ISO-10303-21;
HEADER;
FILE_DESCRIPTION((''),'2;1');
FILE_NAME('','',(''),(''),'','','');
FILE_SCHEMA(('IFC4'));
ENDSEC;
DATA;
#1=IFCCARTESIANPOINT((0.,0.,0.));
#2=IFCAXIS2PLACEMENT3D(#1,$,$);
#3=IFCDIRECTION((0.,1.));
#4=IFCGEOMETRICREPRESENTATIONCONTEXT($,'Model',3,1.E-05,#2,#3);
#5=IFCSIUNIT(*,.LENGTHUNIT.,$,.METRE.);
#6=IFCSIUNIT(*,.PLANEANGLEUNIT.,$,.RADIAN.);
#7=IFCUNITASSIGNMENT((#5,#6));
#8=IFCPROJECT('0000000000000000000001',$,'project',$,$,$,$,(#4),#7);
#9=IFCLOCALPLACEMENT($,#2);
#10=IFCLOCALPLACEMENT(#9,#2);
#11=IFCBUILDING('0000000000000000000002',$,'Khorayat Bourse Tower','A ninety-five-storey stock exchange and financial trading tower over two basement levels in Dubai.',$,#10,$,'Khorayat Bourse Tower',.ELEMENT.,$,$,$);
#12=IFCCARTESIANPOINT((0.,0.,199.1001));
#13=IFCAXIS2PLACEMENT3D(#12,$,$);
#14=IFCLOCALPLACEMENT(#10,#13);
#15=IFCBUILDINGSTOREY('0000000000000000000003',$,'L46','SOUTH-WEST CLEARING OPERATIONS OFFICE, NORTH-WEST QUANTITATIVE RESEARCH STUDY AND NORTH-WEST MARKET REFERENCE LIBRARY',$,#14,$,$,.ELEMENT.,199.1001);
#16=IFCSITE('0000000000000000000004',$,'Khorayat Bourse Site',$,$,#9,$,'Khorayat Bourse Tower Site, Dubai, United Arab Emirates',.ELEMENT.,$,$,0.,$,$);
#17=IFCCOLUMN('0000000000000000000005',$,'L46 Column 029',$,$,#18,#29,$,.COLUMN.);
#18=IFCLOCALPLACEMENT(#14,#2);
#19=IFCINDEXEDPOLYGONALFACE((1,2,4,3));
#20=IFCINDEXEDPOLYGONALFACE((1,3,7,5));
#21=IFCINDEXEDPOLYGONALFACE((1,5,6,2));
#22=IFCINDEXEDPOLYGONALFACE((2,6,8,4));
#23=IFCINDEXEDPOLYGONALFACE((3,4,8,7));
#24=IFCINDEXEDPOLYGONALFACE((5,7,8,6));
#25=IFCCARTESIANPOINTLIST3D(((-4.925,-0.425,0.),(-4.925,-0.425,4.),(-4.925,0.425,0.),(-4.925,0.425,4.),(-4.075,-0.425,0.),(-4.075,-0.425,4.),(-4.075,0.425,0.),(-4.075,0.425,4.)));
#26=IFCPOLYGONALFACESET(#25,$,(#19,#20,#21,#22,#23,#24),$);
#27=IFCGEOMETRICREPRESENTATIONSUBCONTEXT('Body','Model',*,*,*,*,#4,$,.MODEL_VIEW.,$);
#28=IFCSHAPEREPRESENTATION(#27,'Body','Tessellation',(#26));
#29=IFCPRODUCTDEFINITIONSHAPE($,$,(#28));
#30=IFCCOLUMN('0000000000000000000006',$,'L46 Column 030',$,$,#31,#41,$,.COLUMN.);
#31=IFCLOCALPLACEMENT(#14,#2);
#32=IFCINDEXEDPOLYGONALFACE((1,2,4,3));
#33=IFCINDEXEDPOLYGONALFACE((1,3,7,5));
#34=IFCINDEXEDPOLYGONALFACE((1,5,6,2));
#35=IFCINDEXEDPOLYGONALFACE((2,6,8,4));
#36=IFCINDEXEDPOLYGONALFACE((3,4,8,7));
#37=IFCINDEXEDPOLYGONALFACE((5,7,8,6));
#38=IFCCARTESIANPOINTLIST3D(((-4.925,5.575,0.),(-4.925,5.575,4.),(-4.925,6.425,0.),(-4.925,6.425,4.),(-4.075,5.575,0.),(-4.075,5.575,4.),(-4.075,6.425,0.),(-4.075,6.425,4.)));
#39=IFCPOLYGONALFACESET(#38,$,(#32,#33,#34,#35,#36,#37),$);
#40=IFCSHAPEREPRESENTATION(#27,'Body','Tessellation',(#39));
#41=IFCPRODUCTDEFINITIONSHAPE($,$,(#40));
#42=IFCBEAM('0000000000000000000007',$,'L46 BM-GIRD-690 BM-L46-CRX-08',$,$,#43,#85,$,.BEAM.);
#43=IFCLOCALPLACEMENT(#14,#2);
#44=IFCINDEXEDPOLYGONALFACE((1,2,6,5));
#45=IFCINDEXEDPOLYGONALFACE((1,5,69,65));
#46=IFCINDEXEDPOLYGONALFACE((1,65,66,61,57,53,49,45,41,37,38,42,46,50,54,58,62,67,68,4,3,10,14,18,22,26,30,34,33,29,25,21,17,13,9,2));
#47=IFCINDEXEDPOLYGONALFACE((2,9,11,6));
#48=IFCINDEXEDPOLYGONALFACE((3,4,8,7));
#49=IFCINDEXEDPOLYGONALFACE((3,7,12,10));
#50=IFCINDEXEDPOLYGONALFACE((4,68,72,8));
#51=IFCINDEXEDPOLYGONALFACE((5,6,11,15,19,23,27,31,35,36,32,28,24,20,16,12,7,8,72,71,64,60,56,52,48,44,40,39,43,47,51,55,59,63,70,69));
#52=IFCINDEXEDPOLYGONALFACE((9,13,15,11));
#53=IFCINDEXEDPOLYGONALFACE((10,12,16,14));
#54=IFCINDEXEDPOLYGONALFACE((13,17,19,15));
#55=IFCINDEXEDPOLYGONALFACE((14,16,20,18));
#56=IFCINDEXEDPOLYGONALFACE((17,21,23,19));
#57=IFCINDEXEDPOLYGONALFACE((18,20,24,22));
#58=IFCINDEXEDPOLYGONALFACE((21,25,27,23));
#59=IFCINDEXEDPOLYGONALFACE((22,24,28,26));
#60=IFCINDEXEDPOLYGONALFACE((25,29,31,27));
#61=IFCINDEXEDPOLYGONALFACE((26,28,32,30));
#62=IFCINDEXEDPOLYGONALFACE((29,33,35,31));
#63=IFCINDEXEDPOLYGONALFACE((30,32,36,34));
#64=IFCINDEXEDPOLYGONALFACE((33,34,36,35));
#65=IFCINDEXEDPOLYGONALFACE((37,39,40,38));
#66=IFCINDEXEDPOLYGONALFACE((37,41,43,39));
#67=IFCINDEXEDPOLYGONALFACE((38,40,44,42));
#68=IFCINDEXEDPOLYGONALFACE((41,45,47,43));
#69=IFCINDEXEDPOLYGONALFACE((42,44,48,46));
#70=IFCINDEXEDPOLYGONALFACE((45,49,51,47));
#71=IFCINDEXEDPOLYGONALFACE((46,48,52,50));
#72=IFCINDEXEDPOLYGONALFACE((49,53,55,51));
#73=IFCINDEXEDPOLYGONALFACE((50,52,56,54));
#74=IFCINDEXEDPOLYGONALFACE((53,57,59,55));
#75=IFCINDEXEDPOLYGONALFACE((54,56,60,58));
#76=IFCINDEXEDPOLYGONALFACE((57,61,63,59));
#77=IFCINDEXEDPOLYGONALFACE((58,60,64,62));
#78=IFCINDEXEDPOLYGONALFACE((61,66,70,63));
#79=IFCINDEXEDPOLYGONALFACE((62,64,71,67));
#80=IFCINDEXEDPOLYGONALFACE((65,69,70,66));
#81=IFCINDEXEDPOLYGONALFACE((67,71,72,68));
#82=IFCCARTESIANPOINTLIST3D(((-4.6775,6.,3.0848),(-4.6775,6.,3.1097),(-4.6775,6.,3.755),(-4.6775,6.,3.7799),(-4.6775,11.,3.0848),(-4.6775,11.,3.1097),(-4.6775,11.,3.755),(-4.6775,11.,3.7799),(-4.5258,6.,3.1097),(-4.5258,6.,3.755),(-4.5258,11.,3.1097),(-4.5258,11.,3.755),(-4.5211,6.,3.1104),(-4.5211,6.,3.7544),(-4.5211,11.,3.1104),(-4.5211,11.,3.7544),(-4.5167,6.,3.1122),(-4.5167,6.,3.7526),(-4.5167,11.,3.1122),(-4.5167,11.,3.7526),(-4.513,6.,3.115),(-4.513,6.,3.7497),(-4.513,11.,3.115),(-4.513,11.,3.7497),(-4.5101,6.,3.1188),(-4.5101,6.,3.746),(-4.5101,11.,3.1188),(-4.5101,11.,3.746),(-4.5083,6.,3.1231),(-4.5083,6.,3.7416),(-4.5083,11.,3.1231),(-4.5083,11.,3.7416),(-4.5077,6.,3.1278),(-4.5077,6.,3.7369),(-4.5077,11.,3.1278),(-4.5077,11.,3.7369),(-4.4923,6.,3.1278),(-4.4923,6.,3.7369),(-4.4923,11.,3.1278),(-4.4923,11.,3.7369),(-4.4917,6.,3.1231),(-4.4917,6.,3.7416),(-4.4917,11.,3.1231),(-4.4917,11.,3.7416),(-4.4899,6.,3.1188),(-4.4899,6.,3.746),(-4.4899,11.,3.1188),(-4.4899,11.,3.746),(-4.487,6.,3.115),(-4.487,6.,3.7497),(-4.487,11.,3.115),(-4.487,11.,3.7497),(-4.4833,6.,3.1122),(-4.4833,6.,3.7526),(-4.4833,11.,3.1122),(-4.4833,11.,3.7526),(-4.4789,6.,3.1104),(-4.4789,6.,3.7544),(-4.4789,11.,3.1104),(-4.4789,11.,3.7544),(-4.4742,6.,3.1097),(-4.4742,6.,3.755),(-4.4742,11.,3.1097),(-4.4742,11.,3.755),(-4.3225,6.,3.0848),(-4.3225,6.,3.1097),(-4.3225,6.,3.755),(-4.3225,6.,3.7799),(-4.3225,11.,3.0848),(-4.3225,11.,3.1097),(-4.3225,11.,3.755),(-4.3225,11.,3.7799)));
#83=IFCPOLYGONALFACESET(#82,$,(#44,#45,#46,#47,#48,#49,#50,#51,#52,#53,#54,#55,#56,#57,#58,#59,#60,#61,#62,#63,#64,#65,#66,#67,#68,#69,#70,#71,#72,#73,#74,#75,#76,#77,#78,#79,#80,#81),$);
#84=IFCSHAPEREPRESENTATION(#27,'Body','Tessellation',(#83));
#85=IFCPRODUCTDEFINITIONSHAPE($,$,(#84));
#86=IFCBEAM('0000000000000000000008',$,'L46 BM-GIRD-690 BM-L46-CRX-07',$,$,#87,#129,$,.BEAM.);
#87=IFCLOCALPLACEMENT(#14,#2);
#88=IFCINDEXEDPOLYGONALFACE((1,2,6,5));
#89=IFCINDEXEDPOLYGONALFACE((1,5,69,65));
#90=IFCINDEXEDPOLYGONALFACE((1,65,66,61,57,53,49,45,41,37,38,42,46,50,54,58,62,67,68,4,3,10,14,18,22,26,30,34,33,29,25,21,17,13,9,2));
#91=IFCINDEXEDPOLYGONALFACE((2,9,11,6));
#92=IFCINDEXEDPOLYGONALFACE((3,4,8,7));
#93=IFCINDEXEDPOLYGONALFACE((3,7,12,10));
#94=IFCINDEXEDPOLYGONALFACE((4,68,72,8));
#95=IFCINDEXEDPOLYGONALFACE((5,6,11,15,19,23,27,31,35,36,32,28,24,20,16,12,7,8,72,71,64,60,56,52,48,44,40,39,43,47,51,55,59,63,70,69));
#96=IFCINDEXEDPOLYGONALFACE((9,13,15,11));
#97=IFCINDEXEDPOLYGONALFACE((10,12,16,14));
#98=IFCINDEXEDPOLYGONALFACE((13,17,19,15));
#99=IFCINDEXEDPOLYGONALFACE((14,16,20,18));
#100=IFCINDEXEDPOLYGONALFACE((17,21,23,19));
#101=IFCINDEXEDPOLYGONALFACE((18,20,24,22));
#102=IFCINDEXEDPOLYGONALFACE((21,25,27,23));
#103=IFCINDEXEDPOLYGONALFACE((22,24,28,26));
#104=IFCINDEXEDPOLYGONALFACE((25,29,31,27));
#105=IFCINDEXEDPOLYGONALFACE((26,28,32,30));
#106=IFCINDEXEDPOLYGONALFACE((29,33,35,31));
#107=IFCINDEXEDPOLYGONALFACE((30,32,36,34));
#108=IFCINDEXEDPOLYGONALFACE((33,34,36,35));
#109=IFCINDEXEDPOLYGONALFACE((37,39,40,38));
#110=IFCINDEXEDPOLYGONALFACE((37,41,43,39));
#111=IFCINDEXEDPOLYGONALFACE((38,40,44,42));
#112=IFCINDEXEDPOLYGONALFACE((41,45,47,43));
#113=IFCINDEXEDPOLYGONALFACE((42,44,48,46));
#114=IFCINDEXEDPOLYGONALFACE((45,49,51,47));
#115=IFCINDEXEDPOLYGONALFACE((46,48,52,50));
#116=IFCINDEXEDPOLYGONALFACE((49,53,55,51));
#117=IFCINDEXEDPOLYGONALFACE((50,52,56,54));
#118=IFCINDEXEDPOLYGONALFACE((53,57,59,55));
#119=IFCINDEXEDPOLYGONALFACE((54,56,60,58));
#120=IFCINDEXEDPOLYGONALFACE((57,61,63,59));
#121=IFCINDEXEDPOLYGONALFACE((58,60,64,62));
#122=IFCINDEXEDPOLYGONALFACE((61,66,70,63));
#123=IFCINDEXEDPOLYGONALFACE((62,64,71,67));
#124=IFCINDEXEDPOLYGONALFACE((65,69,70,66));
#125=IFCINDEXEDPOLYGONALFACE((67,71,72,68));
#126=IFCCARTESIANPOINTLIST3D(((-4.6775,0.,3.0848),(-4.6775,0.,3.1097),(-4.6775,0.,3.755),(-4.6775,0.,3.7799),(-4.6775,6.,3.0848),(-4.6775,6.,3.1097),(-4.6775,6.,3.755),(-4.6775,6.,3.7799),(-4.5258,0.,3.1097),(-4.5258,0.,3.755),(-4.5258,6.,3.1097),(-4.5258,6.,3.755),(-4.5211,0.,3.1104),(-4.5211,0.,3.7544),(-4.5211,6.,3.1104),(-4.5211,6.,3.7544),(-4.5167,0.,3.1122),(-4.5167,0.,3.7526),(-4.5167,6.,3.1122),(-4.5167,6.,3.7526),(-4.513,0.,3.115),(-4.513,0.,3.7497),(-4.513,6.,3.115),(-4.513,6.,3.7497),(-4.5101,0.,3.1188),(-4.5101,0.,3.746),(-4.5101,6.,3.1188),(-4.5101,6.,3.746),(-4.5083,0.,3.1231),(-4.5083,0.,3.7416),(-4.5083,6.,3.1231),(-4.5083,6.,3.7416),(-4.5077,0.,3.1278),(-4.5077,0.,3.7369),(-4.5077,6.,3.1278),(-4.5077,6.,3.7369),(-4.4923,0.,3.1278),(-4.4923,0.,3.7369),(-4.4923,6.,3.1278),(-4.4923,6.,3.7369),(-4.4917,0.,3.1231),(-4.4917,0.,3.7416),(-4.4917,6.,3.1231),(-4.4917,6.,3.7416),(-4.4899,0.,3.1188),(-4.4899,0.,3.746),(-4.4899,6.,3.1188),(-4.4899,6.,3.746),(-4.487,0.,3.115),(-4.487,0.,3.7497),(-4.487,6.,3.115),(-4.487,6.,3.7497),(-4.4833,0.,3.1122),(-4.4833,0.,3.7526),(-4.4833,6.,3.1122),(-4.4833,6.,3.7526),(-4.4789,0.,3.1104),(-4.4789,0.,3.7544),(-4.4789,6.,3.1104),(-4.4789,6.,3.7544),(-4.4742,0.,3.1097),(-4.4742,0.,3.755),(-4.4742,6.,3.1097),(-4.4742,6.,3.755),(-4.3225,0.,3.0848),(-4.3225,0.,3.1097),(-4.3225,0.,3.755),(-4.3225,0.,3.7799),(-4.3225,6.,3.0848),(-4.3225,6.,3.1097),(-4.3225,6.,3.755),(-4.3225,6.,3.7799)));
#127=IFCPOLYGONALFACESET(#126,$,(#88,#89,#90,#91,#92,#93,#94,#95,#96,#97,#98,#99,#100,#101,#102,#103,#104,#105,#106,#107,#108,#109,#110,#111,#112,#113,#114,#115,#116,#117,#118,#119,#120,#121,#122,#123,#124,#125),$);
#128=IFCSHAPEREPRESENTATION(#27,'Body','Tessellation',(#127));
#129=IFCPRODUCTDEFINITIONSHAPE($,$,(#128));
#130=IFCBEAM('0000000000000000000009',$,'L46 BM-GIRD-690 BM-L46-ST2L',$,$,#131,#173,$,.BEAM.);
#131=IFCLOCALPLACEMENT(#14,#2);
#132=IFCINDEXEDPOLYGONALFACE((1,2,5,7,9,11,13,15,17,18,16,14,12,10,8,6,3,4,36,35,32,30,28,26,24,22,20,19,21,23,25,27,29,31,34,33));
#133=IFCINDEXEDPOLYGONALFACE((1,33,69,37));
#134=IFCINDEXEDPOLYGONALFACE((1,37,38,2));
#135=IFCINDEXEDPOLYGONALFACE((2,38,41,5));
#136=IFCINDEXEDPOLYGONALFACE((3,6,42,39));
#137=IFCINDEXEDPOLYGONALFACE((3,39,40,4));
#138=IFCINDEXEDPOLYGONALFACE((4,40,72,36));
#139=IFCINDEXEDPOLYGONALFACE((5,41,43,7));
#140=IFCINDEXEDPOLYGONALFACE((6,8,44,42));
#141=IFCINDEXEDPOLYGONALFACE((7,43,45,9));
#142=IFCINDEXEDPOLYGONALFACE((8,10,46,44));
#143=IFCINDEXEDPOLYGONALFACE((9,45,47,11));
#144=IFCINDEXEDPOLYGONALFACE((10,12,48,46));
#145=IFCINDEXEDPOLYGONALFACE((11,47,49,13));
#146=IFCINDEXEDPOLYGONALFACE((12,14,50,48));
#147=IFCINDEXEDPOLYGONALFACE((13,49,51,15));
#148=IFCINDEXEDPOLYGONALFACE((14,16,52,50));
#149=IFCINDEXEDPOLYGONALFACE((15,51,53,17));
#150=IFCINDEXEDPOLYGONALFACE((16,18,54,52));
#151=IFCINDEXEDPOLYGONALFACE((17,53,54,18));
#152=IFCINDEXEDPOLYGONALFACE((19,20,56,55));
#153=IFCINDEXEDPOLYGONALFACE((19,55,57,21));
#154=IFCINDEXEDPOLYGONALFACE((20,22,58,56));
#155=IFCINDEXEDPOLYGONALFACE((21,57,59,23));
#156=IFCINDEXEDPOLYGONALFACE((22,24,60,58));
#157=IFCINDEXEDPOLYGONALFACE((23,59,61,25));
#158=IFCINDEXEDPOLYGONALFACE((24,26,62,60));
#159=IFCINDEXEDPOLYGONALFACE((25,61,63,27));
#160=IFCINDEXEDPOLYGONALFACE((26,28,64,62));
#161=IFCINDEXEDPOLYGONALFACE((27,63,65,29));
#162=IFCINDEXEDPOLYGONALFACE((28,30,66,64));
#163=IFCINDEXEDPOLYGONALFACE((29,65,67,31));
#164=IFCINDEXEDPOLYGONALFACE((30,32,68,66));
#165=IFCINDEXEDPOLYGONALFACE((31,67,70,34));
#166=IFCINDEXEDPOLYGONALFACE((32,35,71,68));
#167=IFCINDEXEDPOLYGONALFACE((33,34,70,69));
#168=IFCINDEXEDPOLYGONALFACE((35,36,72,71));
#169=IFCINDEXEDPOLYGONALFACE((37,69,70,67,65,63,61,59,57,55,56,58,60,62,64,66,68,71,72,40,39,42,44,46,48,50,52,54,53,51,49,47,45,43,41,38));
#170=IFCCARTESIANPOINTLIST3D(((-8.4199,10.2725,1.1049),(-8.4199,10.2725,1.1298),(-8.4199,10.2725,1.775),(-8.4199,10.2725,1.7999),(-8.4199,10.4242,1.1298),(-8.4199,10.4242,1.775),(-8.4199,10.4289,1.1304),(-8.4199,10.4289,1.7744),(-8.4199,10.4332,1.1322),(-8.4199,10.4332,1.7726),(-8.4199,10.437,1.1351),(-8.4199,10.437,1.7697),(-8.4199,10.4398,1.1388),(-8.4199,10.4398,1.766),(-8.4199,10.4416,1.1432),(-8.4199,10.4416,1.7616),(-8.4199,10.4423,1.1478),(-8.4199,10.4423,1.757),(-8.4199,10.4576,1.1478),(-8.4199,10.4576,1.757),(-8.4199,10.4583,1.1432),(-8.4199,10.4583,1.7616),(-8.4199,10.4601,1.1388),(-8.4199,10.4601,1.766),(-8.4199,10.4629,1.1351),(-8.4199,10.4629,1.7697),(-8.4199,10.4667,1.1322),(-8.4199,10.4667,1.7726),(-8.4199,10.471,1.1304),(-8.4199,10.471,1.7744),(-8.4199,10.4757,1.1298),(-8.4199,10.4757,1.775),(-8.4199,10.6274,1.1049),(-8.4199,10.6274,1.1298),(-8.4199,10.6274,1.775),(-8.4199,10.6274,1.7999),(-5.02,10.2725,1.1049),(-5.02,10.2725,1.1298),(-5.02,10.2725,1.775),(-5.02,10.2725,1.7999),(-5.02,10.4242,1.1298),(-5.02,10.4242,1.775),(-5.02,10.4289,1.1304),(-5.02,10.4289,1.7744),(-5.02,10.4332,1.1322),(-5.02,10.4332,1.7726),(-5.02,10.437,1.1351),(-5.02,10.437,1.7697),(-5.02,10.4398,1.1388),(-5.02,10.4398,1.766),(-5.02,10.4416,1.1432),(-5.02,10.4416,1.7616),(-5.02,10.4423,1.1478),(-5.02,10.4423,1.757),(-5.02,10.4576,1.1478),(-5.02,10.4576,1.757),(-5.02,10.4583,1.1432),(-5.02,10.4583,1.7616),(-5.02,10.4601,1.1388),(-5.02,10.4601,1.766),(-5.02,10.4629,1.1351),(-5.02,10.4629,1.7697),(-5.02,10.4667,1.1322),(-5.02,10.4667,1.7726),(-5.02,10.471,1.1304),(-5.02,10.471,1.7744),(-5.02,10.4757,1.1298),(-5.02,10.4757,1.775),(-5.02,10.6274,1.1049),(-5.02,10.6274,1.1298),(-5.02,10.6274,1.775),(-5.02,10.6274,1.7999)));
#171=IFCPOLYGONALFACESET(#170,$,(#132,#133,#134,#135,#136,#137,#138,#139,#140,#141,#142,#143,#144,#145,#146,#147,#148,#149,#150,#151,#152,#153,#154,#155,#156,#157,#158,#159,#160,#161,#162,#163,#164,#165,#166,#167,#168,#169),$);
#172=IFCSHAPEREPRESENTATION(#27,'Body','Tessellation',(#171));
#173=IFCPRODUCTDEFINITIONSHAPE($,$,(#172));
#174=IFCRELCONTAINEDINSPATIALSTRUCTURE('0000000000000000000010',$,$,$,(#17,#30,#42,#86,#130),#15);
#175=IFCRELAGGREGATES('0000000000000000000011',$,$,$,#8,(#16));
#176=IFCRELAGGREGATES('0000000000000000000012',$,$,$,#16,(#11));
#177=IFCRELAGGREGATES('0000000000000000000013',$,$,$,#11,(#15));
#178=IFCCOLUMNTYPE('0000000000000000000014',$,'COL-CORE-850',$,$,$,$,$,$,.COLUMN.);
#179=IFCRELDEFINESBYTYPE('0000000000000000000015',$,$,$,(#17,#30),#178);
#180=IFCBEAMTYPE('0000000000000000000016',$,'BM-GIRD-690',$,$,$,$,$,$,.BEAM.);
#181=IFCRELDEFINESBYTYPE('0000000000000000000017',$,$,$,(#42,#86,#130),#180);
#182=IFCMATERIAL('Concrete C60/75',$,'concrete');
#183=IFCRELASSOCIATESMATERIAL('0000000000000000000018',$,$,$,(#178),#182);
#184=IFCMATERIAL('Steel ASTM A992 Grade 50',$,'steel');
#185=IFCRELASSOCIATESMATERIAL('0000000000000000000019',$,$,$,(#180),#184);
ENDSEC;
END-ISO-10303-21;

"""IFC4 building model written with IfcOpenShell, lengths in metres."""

from ifc_helpers import new_model, si_unit, direction, frame, origin, origin_2d, place, context, subcontext, project, spatial, rectangle, i_section, extrude, source, transform, mapped, material, material_profile, profile_set, type_object, element, save


model = new_model("IFC4")

# Units and contexts
model_context = context("Model", 3, precision=1e-05, world=origin(), true_north=direction((0.0, 1.0)))
body_context = subcontext(model_context, "Body", "Model", "MODEL_VIEW")
ifc_project = project(units=[si_unit("LENGTHUNIT", "METRE"), si_unit("PLANEANGLEUNIT", "RADIAN")], contexts=[model_context])

# Site, building, storey
site_placement = place(None, origin())
site = spatial("IfcSite", under=ifc_project, at=site_placement, Name="Khorayat Bourse Site", LongName="Khorayat Bourse Tower Site, Dubai, United Arab Emirates", CompositionType="ELEMENT", RefElevation=0.0)
building_placement = place(site_placement, origin())
building = spatial("IfcBuilding", under=site, at=building_placement, Name="Khorayat Bourse Tower", Description="A ninety-five-storey stock exchange and financial trading tower over two basement levels in Dubai.", LongName="Khorayat Bourse Tower", CompositionType="ELEMENT")
storey_placement = place(building_placement, frame((0.0, 0.0, 199.1001)))
storey = spatial("IfcBuildingStorey", under=building, at=storey_placement, Name="L46", Description="SOUTH-WEST CLEARING OPERATIONS OFFICE, NORTH-WEST QUANTITATIVE RESEARCH STUDY AND NORTH-WEST MARKET REFERENCE LIBRARY", CompositionType="ELEMENT", Elevation=199.1001)

# Columns
ifc_material_1 = material(Name="Concrete C60/75", Category="concrete")
ifc_material_profile_1 = material_profile(ifc_material_1, rectangle(XDim=0.8501, YDim=0.8501, at=origin_2d()), Name="RC 850x850")
ifc_profile_set_1 = profile_set([ifc_material_profile_1], Name="Concrete C60/75")
column_type = type_object("IfcColumnType", Name="COL-CORE-850", PredefinedType="COLUMN", material=ifc_profile_set_1)
shared_shape_1 = source(origin(), body_context, "Body", "SweptSolid", [
    extrude(rectangle(XDim=0.8501, YDim=0.8501, at=origin_2d()), origin(), (0.0, 0.0, 1.0), 4.0),
])
for number, where, z_axis, x_axis, name in (
    (1, (-4.5, 0.0, 0.0), (0.0, 0.0, 1.0), (1.0, 0.0, 0.0), "L46 Column 029"),
    (2, (-4.5, 6.0, 0.0), (0.0, 0.0, 1.0), (1.0, 0.0, 0.0), "L46 Column 030"),
):
    element("IfcColumn", number, at=place(storey_placement, frame(where, z_axis=z_axis, x_axis=x_axis)), inside=storey, type_object=column_type, Name=name, PredefinedType="COLUMN", context=body_context, shape_type="MappedRepresentation", body=[
        mapped(shared_shape_1, transform((0.0, 0.0, 0.0), scale=1.0)),
    ])

# Beams
ifc_material_2 = material(Name="Steel ASTM A992 Grade 50", Category="steel")
ifc_material_profile_2 = material_profile(ifc_material_2, i_section(OverallWidth=0.355, OverallDepth=0.6951, WebThickness=0.0154, FlangeThickness=0.0249, FilletRadius=0.0181, at=origin_2d()), Name="W690X217")
ifc_profile_set_2 = profile_set([ifc_material_profile_2], Name="Steel ASTM A992 Grade 50")
beam_type = type_object("IfcBeamType", Name="BM-GIRD-690", PredefinedType="BEAM", material=ifc_profile_set_2)
shared_shape_2 = source(origin(), body_context, "Body", "SweptSolid", [
    extrude(i_section(OverallWidth=0.355, OverallDepth=0.6951, WebThickness=0.0154, FlangeThickness=0.0249, FilletRadius=0.0181, at=origin_2d()), origin(), (0.0, 0.0, 1.0), 5.0),
])
beam_1_placement = place(storey_placement, frame((-4.5, 6.0, 3.4324), z_axis=(0.0, 1.0, 0.0), x_axis=(-1.0, 0.0, 0.0)))
element("IfcBeam", 3, at=beam_1_placement, inside=storey, type_object=beam_type, Name="L46 BM-GIRD-690 BM-L46-CRX-08", PredefinedType="BEAM", context=body_context, shape_type="MappedRepresentation", body=[
    mapped(shared_shape_2, transform((0.0, 0.0, 0.0), scale=1.0)),
])
shared_shape_3 = source(origin(), body_context, "Body", "SweptSolid", [
    extrude(i_section(OverallWidth=0.355, OverallDepth=0.6951, WebThickness=0.0154, FlangeThickness=0.0249, FilletRadius=0.0181, at=origin_2d()), origin(), (0.0, 0.0, 1.0), 6.0),
])
beam_2_placement = place(storey_placement, frame((-4.5, 0.0, 3.4324), z_axis=(0.0, 1.0, 0.0), x_axis=(-1.0, 0.0, 0.0)))
element("IfcBeam", 4, at=beam_2_placement, inside=storey, type_object=beam_type, Name="L46 BM-GIRD-690 BM-L46-CRX-07", PredefinedType="BEAM", context=body_context, shape_type="MappedRepresentation", body=[
    mapped(shared_shape_3, transform((0.0, 0.0, 0.0), scale=1.0)),
])
shared_shape_4 = source(origin(), body_context, "Body", "SweptSolid", [
    extrude(i_section(OverallWidth=0.355, OverallDepth=0.6951, WebThickness=0.0154, FlangeThickness=0.0249, FilletRadius=0.0181, at=origin_2d()), origin(), (0.0, 0.0, 1.0), 3.3999),
])
beam_3_placement = place(storey_placement, frame((-8.4199, 10.45, 1.4524), z_axis=(1.0, 0.0, 0.0), x_axis=(0.0, 1.0, 0.0)))
element("IfcBeam", 5, at=beam_3_placement, inside=storey, type_object=beam_type, Name="L46 BM-GIRD-690 BM-L46-ST2L", PredefinedType="BEAM", context=body_context, shape_type="MappedRepresentation", body=[
    mapped(shared_shape_4, transform((0.0, 0.0, 0.0), scale=1.0)),
])

save(model, "model.ifc")
